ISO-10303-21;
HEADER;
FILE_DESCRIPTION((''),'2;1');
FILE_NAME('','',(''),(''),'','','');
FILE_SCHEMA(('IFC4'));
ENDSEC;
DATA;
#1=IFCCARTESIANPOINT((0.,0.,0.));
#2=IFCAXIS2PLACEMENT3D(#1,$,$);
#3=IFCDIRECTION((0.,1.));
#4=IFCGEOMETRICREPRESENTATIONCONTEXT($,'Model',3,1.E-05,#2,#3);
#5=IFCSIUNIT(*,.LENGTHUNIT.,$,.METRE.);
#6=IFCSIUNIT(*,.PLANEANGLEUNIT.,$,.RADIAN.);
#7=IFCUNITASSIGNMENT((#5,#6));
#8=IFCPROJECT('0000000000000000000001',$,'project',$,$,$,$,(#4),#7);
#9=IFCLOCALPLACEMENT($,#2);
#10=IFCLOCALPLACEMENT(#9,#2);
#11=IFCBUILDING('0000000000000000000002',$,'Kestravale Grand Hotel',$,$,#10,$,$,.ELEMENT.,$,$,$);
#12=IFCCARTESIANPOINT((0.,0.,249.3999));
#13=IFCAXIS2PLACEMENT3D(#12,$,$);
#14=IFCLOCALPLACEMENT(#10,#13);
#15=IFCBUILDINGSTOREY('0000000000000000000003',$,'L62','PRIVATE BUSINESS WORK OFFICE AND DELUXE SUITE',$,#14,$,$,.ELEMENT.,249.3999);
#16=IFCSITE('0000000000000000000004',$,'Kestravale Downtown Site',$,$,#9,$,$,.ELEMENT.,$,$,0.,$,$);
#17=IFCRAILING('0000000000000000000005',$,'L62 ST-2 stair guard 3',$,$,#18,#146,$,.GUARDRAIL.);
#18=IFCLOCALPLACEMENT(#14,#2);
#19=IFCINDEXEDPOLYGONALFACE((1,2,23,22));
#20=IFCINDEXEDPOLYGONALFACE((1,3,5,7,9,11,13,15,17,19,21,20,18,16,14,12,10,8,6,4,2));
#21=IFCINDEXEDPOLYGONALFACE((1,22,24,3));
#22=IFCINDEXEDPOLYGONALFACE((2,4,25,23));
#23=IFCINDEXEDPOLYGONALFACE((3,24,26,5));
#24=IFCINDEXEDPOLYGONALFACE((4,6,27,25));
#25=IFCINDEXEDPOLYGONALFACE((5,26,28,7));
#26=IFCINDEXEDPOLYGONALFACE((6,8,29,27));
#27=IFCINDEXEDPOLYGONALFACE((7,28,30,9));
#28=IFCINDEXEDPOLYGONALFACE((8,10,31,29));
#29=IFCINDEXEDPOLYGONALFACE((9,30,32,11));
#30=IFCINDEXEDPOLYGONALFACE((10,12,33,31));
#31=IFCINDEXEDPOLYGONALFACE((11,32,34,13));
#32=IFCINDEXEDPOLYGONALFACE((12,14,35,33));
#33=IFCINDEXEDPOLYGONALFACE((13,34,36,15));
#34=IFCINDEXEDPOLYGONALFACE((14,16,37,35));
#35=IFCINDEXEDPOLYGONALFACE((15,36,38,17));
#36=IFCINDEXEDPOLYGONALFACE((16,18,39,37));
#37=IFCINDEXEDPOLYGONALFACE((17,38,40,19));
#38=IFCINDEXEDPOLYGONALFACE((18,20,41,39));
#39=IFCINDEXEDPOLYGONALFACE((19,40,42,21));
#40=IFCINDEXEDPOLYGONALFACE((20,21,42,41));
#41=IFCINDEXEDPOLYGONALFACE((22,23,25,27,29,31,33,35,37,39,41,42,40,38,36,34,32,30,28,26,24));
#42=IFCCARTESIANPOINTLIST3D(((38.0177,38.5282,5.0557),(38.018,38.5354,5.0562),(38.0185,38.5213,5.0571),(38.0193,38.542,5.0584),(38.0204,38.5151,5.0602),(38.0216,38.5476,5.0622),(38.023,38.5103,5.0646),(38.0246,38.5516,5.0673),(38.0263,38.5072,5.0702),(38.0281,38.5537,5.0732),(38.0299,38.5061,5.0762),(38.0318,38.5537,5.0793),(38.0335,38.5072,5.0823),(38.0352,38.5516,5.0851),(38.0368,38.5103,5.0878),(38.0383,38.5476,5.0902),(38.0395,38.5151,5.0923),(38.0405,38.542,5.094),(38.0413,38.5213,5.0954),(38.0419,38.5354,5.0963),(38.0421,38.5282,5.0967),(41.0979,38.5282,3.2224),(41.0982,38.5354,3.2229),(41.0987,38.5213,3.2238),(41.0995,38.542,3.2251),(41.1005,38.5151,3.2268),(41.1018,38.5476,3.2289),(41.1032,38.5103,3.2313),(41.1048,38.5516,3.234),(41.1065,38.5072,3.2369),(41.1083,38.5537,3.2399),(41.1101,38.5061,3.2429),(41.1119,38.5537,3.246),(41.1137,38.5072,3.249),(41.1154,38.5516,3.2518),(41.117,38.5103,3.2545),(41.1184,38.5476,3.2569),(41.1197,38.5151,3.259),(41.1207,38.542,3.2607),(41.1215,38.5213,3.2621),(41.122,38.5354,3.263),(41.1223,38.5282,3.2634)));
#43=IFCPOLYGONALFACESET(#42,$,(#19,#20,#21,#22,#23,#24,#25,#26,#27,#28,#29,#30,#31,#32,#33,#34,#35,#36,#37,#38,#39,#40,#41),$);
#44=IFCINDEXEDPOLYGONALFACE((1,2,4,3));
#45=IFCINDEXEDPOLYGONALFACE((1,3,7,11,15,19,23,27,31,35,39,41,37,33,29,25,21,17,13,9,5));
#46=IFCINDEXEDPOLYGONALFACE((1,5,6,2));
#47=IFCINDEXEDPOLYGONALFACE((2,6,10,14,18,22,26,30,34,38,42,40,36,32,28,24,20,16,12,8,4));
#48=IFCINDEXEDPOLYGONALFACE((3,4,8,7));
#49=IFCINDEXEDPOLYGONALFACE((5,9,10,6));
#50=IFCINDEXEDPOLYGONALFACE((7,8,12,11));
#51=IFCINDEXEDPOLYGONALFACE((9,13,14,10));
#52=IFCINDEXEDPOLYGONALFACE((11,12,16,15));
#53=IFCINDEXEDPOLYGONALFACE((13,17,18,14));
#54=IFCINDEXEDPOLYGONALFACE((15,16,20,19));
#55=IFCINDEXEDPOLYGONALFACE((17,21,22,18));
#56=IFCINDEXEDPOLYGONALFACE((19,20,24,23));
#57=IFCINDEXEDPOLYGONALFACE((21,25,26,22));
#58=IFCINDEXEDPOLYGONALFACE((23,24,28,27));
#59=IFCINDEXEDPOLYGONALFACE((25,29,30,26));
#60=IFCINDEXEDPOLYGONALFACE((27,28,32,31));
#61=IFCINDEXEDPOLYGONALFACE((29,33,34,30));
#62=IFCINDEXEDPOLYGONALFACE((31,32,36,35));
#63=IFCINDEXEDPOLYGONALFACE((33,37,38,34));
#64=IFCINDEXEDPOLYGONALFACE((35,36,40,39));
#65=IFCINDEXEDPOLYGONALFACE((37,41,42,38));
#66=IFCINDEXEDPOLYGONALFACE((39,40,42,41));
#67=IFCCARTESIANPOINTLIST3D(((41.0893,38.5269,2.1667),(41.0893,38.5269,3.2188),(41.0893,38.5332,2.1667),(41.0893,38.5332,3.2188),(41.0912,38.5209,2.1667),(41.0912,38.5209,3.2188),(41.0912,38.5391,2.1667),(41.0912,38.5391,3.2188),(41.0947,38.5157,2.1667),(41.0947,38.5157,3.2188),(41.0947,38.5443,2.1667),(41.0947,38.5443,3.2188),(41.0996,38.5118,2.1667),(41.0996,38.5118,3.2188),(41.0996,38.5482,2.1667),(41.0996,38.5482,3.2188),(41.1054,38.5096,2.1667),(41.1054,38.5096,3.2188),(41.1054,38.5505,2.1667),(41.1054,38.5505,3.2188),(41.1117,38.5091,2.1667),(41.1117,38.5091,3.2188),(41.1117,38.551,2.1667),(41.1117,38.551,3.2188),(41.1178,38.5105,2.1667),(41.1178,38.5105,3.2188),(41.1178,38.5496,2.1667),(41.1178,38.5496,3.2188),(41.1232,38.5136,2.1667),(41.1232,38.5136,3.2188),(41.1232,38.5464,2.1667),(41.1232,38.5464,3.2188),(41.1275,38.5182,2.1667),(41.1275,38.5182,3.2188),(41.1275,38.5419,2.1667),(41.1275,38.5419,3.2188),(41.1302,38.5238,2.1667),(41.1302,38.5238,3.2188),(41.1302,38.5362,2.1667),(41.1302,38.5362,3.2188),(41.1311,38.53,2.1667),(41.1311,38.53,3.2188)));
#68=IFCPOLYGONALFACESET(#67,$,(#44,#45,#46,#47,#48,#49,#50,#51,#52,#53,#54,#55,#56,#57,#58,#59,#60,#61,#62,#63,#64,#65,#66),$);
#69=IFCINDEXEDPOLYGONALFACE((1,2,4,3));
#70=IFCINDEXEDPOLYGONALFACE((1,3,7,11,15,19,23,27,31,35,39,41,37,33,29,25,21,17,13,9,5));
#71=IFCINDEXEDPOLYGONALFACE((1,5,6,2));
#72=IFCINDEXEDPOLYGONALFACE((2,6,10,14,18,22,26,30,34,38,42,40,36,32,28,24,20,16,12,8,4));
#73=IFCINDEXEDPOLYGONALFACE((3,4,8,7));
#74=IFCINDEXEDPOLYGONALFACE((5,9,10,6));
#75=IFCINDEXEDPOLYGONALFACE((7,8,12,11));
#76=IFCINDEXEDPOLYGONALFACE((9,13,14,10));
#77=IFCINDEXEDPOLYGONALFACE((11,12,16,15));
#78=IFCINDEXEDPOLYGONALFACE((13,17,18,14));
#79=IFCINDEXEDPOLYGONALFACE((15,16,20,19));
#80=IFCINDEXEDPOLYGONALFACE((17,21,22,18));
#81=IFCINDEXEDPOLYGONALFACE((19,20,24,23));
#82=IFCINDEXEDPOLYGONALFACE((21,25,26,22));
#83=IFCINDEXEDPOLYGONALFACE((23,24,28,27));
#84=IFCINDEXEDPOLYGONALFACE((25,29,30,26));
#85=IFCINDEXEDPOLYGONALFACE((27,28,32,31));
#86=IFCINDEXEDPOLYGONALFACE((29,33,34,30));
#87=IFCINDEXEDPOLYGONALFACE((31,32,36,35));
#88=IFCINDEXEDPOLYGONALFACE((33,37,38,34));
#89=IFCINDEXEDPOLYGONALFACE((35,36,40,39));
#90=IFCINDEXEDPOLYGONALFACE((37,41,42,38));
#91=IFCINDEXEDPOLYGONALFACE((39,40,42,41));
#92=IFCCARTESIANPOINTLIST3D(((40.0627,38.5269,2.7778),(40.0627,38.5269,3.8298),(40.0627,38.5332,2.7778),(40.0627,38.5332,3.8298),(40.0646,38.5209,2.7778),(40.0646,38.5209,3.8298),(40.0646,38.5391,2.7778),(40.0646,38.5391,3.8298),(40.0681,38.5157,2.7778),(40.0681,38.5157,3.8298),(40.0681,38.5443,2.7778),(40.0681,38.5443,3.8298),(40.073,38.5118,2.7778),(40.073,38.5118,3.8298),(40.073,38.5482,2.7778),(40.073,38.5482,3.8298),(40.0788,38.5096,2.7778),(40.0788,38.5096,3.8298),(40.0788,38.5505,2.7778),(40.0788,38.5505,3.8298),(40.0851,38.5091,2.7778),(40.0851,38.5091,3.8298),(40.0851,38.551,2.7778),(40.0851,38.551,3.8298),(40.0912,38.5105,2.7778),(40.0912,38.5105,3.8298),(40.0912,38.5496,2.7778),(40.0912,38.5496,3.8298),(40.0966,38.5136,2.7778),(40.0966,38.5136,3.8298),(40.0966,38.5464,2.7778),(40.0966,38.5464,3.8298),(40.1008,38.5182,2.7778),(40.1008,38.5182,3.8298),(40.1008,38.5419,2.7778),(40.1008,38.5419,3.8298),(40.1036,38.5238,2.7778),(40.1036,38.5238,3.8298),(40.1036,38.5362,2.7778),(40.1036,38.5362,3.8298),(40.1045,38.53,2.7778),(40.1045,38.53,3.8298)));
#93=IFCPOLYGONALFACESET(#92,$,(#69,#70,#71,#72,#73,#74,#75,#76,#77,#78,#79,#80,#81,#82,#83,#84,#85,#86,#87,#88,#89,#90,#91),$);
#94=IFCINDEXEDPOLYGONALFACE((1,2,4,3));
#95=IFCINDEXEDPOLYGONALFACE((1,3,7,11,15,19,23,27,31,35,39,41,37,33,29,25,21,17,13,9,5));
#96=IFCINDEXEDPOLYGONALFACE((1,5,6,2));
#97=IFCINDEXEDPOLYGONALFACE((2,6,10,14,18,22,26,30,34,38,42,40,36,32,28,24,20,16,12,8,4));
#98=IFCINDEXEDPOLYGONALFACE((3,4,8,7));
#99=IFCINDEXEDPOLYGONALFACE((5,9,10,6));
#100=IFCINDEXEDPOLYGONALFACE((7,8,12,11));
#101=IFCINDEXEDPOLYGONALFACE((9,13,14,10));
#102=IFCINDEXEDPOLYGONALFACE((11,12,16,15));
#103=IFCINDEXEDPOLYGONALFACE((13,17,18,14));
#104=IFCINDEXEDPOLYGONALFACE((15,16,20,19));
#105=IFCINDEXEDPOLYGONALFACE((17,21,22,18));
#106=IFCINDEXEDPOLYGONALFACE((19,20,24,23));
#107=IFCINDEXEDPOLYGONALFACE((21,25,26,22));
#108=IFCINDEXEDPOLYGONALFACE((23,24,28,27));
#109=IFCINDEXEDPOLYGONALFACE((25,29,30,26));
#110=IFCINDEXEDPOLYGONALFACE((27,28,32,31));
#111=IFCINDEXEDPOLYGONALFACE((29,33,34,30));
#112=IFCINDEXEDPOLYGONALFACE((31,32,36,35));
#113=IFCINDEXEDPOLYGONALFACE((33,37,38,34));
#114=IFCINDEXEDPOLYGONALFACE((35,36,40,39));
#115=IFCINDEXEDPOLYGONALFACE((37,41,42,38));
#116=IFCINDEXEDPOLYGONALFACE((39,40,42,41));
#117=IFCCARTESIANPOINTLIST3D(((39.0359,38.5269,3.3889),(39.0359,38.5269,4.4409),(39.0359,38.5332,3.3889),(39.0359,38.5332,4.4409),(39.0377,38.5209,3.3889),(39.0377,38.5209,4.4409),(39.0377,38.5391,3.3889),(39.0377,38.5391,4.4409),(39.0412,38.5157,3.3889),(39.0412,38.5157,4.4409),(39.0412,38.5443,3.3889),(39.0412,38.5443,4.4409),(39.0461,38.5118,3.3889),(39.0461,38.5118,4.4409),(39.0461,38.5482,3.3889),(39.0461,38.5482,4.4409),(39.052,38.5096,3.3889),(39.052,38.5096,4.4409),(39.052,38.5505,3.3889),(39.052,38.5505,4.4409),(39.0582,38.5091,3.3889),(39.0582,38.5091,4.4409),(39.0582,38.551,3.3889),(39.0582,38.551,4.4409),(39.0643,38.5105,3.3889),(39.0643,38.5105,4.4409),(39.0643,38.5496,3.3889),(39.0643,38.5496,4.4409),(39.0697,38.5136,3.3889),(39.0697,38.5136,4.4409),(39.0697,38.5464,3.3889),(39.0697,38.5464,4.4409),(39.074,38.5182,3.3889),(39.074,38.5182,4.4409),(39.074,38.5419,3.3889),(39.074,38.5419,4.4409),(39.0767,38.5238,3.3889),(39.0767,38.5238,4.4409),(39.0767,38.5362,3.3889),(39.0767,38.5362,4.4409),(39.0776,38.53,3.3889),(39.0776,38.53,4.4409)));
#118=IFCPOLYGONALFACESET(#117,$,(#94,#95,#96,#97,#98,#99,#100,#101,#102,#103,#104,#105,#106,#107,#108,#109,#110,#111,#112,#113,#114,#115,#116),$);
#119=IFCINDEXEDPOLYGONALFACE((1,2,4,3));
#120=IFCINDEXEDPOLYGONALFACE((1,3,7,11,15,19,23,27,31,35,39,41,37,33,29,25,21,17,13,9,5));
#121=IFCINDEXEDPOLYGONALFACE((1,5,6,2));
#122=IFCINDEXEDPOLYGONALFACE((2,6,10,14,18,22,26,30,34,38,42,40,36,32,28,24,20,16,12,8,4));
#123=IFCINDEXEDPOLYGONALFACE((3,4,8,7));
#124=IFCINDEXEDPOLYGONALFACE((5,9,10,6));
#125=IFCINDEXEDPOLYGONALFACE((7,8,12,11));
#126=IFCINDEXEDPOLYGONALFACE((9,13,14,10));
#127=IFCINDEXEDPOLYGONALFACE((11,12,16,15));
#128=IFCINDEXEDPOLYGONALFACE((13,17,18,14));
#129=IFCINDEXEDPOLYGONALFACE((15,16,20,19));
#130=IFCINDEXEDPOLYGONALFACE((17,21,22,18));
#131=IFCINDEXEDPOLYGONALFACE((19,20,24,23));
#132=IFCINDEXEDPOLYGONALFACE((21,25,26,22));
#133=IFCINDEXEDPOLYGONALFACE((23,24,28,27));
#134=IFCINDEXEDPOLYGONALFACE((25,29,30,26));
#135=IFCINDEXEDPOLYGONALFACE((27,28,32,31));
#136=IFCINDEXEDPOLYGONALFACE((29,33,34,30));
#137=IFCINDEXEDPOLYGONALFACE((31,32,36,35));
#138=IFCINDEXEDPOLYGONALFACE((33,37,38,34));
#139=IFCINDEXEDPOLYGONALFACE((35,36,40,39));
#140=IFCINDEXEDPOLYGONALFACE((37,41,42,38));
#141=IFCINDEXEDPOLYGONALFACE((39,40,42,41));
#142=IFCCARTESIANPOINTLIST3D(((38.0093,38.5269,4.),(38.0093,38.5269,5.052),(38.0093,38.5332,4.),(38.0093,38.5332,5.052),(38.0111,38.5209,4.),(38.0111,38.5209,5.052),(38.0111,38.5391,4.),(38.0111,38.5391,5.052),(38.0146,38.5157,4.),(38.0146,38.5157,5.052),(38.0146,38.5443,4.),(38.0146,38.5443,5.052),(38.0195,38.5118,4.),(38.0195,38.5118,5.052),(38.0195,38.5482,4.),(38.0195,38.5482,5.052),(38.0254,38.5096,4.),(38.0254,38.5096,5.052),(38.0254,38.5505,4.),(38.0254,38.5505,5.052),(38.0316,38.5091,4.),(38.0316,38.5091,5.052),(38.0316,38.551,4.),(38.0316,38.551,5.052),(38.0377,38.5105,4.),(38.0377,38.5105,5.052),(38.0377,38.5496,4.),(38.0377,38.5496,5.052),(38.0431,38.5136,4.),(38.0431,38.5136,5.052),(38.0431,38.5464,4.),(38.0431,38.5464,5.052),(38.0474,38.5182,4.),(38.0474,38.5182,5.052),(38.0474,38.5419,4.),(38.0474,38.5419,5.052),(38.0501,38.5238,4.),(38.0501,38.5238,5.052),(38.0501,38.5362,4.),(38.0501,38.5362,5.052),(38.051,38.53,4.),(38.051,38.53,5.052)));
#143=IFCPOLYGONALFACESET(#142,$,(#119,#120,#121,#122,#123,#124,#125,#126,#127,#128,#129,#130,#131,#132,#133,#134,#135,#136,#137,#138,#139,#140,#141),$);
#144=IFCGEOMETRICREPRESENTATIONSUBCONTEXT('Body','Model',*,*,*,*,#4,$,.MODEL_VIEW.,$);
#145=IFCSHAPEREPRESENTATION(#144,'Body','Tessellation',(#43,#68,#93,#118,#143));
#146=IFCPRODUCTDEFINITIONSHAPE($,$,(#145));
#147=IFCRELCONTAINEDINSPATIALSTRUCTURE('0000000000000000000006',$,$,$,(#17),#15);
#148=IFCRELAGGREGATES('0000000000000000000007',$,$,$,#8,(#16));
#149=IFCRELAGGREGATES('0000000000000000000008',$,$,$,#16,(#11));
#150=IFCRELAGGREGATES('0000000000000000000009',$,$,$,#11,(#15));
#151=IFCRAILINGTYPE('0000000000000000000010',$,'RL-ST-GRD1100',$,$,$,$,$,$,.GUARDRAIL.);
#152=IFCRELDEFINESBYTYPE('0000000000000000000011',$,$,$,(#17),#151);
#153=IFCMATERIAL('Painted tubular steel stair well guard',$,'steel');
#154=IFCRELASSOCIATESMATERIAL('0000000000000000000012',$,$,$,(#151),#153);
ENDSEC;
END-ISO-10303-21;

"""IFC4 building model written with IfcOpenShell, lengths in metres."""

from ifc_helpers import new_model, si_unit, direction, frame, origin, origin_2d, place, context, subcontext, project, spatial, circle, extrude, material, type_object, element, save


model = new_model("IFC4")

# Units and contexts
model_context = context("Model", 3, precision=1e-05, world=origin(), true_north=direction((0.0, 1.0)))
body_context = subcontext(model_context, "Body", "Model", "MODEL_VIEW")
ifc_project = project(units=[si_unit("LENGTHUNIT", "METRE"), si_unit("PLANEANGLEUNIT", "RADIAN")], contexts=[model_context])

# Site, building, storey
site_placement = place(None, origin())
site = spatial("IfcSite", under=ifc_project, at=site_placement, Name="Kestravale Downtown Site", CompositionType="ELEMENT", RefElevation=0.0)
building_placement = place(site_placement, origin())
building = spatial("IfcBuilding", under=site, at=building_placement, Name="Kestravale Grand Hotel", CompositionType="ELEMENT")
storey_placement = place(building_placement, frame((0.0, 0.0, 249.3999)))
storey = spatial("IfcBuildingStorey", under=building, at=storey_placement, Name="L62", Description="PRIVATE BUSINESS WORK OFFICE AND DELUXE SUITE", CompositionType="ELEMENT", Elevation=249.3999)

# Railing
ifc_material_1 = material(Name="Painted tubular steel stair well guard", Category="steel")
railing_type_1 = type_object("IfcRailingType", Name="RL-ST-GRD1100", PredefinedType="GUARDRAIL", material=ifc_material_1)
railing_1_placement = place(storey_placement, frame((41.1101, 38.53, 2.1667)))
element("IfcRailing", 1, at=railing_1_placement, inside=storey, type_object=railing_type_1, Name="L62 ST-2 stair guard 3", PredefinedType="GUARDRAIL", context=body_context, shape_type="SweptSolid", body=[
    extrude(circle(Radius=0.0239, at=origin_2d()), frame((0.0, 0.0, 1.0762), z_axis=(-0.859309, 0.0, 0.511458), x_axis=(0.0, -1.0, 0.0)), (0.0, 0.0, 1.0), 3.5845),
    extrude(circle(Radius=0.021, at=origin_2d()), origin(), (0.0, 0.0, 1.0), 1.052),
    extrude(circle(Radius=0.021, at=origin_2d()), frame((-1.0266, 0.0, 0.6111)), (0.0, 0.0, 1.0), 1.052),
    extrude(circle(Radius=0.021, at=origin_2d()), frame((-2.0535, 0.0, 1.2222)), (0.0, 0.0, 1.0), 1.052),
    extrude(circle(Radius=0.021, at=origin_2d()), frame((-3.0801, 0.0, 1.8333)), (0.0, 0.0, 1.0), 1.052),
])

save(model, "model.ifc")
